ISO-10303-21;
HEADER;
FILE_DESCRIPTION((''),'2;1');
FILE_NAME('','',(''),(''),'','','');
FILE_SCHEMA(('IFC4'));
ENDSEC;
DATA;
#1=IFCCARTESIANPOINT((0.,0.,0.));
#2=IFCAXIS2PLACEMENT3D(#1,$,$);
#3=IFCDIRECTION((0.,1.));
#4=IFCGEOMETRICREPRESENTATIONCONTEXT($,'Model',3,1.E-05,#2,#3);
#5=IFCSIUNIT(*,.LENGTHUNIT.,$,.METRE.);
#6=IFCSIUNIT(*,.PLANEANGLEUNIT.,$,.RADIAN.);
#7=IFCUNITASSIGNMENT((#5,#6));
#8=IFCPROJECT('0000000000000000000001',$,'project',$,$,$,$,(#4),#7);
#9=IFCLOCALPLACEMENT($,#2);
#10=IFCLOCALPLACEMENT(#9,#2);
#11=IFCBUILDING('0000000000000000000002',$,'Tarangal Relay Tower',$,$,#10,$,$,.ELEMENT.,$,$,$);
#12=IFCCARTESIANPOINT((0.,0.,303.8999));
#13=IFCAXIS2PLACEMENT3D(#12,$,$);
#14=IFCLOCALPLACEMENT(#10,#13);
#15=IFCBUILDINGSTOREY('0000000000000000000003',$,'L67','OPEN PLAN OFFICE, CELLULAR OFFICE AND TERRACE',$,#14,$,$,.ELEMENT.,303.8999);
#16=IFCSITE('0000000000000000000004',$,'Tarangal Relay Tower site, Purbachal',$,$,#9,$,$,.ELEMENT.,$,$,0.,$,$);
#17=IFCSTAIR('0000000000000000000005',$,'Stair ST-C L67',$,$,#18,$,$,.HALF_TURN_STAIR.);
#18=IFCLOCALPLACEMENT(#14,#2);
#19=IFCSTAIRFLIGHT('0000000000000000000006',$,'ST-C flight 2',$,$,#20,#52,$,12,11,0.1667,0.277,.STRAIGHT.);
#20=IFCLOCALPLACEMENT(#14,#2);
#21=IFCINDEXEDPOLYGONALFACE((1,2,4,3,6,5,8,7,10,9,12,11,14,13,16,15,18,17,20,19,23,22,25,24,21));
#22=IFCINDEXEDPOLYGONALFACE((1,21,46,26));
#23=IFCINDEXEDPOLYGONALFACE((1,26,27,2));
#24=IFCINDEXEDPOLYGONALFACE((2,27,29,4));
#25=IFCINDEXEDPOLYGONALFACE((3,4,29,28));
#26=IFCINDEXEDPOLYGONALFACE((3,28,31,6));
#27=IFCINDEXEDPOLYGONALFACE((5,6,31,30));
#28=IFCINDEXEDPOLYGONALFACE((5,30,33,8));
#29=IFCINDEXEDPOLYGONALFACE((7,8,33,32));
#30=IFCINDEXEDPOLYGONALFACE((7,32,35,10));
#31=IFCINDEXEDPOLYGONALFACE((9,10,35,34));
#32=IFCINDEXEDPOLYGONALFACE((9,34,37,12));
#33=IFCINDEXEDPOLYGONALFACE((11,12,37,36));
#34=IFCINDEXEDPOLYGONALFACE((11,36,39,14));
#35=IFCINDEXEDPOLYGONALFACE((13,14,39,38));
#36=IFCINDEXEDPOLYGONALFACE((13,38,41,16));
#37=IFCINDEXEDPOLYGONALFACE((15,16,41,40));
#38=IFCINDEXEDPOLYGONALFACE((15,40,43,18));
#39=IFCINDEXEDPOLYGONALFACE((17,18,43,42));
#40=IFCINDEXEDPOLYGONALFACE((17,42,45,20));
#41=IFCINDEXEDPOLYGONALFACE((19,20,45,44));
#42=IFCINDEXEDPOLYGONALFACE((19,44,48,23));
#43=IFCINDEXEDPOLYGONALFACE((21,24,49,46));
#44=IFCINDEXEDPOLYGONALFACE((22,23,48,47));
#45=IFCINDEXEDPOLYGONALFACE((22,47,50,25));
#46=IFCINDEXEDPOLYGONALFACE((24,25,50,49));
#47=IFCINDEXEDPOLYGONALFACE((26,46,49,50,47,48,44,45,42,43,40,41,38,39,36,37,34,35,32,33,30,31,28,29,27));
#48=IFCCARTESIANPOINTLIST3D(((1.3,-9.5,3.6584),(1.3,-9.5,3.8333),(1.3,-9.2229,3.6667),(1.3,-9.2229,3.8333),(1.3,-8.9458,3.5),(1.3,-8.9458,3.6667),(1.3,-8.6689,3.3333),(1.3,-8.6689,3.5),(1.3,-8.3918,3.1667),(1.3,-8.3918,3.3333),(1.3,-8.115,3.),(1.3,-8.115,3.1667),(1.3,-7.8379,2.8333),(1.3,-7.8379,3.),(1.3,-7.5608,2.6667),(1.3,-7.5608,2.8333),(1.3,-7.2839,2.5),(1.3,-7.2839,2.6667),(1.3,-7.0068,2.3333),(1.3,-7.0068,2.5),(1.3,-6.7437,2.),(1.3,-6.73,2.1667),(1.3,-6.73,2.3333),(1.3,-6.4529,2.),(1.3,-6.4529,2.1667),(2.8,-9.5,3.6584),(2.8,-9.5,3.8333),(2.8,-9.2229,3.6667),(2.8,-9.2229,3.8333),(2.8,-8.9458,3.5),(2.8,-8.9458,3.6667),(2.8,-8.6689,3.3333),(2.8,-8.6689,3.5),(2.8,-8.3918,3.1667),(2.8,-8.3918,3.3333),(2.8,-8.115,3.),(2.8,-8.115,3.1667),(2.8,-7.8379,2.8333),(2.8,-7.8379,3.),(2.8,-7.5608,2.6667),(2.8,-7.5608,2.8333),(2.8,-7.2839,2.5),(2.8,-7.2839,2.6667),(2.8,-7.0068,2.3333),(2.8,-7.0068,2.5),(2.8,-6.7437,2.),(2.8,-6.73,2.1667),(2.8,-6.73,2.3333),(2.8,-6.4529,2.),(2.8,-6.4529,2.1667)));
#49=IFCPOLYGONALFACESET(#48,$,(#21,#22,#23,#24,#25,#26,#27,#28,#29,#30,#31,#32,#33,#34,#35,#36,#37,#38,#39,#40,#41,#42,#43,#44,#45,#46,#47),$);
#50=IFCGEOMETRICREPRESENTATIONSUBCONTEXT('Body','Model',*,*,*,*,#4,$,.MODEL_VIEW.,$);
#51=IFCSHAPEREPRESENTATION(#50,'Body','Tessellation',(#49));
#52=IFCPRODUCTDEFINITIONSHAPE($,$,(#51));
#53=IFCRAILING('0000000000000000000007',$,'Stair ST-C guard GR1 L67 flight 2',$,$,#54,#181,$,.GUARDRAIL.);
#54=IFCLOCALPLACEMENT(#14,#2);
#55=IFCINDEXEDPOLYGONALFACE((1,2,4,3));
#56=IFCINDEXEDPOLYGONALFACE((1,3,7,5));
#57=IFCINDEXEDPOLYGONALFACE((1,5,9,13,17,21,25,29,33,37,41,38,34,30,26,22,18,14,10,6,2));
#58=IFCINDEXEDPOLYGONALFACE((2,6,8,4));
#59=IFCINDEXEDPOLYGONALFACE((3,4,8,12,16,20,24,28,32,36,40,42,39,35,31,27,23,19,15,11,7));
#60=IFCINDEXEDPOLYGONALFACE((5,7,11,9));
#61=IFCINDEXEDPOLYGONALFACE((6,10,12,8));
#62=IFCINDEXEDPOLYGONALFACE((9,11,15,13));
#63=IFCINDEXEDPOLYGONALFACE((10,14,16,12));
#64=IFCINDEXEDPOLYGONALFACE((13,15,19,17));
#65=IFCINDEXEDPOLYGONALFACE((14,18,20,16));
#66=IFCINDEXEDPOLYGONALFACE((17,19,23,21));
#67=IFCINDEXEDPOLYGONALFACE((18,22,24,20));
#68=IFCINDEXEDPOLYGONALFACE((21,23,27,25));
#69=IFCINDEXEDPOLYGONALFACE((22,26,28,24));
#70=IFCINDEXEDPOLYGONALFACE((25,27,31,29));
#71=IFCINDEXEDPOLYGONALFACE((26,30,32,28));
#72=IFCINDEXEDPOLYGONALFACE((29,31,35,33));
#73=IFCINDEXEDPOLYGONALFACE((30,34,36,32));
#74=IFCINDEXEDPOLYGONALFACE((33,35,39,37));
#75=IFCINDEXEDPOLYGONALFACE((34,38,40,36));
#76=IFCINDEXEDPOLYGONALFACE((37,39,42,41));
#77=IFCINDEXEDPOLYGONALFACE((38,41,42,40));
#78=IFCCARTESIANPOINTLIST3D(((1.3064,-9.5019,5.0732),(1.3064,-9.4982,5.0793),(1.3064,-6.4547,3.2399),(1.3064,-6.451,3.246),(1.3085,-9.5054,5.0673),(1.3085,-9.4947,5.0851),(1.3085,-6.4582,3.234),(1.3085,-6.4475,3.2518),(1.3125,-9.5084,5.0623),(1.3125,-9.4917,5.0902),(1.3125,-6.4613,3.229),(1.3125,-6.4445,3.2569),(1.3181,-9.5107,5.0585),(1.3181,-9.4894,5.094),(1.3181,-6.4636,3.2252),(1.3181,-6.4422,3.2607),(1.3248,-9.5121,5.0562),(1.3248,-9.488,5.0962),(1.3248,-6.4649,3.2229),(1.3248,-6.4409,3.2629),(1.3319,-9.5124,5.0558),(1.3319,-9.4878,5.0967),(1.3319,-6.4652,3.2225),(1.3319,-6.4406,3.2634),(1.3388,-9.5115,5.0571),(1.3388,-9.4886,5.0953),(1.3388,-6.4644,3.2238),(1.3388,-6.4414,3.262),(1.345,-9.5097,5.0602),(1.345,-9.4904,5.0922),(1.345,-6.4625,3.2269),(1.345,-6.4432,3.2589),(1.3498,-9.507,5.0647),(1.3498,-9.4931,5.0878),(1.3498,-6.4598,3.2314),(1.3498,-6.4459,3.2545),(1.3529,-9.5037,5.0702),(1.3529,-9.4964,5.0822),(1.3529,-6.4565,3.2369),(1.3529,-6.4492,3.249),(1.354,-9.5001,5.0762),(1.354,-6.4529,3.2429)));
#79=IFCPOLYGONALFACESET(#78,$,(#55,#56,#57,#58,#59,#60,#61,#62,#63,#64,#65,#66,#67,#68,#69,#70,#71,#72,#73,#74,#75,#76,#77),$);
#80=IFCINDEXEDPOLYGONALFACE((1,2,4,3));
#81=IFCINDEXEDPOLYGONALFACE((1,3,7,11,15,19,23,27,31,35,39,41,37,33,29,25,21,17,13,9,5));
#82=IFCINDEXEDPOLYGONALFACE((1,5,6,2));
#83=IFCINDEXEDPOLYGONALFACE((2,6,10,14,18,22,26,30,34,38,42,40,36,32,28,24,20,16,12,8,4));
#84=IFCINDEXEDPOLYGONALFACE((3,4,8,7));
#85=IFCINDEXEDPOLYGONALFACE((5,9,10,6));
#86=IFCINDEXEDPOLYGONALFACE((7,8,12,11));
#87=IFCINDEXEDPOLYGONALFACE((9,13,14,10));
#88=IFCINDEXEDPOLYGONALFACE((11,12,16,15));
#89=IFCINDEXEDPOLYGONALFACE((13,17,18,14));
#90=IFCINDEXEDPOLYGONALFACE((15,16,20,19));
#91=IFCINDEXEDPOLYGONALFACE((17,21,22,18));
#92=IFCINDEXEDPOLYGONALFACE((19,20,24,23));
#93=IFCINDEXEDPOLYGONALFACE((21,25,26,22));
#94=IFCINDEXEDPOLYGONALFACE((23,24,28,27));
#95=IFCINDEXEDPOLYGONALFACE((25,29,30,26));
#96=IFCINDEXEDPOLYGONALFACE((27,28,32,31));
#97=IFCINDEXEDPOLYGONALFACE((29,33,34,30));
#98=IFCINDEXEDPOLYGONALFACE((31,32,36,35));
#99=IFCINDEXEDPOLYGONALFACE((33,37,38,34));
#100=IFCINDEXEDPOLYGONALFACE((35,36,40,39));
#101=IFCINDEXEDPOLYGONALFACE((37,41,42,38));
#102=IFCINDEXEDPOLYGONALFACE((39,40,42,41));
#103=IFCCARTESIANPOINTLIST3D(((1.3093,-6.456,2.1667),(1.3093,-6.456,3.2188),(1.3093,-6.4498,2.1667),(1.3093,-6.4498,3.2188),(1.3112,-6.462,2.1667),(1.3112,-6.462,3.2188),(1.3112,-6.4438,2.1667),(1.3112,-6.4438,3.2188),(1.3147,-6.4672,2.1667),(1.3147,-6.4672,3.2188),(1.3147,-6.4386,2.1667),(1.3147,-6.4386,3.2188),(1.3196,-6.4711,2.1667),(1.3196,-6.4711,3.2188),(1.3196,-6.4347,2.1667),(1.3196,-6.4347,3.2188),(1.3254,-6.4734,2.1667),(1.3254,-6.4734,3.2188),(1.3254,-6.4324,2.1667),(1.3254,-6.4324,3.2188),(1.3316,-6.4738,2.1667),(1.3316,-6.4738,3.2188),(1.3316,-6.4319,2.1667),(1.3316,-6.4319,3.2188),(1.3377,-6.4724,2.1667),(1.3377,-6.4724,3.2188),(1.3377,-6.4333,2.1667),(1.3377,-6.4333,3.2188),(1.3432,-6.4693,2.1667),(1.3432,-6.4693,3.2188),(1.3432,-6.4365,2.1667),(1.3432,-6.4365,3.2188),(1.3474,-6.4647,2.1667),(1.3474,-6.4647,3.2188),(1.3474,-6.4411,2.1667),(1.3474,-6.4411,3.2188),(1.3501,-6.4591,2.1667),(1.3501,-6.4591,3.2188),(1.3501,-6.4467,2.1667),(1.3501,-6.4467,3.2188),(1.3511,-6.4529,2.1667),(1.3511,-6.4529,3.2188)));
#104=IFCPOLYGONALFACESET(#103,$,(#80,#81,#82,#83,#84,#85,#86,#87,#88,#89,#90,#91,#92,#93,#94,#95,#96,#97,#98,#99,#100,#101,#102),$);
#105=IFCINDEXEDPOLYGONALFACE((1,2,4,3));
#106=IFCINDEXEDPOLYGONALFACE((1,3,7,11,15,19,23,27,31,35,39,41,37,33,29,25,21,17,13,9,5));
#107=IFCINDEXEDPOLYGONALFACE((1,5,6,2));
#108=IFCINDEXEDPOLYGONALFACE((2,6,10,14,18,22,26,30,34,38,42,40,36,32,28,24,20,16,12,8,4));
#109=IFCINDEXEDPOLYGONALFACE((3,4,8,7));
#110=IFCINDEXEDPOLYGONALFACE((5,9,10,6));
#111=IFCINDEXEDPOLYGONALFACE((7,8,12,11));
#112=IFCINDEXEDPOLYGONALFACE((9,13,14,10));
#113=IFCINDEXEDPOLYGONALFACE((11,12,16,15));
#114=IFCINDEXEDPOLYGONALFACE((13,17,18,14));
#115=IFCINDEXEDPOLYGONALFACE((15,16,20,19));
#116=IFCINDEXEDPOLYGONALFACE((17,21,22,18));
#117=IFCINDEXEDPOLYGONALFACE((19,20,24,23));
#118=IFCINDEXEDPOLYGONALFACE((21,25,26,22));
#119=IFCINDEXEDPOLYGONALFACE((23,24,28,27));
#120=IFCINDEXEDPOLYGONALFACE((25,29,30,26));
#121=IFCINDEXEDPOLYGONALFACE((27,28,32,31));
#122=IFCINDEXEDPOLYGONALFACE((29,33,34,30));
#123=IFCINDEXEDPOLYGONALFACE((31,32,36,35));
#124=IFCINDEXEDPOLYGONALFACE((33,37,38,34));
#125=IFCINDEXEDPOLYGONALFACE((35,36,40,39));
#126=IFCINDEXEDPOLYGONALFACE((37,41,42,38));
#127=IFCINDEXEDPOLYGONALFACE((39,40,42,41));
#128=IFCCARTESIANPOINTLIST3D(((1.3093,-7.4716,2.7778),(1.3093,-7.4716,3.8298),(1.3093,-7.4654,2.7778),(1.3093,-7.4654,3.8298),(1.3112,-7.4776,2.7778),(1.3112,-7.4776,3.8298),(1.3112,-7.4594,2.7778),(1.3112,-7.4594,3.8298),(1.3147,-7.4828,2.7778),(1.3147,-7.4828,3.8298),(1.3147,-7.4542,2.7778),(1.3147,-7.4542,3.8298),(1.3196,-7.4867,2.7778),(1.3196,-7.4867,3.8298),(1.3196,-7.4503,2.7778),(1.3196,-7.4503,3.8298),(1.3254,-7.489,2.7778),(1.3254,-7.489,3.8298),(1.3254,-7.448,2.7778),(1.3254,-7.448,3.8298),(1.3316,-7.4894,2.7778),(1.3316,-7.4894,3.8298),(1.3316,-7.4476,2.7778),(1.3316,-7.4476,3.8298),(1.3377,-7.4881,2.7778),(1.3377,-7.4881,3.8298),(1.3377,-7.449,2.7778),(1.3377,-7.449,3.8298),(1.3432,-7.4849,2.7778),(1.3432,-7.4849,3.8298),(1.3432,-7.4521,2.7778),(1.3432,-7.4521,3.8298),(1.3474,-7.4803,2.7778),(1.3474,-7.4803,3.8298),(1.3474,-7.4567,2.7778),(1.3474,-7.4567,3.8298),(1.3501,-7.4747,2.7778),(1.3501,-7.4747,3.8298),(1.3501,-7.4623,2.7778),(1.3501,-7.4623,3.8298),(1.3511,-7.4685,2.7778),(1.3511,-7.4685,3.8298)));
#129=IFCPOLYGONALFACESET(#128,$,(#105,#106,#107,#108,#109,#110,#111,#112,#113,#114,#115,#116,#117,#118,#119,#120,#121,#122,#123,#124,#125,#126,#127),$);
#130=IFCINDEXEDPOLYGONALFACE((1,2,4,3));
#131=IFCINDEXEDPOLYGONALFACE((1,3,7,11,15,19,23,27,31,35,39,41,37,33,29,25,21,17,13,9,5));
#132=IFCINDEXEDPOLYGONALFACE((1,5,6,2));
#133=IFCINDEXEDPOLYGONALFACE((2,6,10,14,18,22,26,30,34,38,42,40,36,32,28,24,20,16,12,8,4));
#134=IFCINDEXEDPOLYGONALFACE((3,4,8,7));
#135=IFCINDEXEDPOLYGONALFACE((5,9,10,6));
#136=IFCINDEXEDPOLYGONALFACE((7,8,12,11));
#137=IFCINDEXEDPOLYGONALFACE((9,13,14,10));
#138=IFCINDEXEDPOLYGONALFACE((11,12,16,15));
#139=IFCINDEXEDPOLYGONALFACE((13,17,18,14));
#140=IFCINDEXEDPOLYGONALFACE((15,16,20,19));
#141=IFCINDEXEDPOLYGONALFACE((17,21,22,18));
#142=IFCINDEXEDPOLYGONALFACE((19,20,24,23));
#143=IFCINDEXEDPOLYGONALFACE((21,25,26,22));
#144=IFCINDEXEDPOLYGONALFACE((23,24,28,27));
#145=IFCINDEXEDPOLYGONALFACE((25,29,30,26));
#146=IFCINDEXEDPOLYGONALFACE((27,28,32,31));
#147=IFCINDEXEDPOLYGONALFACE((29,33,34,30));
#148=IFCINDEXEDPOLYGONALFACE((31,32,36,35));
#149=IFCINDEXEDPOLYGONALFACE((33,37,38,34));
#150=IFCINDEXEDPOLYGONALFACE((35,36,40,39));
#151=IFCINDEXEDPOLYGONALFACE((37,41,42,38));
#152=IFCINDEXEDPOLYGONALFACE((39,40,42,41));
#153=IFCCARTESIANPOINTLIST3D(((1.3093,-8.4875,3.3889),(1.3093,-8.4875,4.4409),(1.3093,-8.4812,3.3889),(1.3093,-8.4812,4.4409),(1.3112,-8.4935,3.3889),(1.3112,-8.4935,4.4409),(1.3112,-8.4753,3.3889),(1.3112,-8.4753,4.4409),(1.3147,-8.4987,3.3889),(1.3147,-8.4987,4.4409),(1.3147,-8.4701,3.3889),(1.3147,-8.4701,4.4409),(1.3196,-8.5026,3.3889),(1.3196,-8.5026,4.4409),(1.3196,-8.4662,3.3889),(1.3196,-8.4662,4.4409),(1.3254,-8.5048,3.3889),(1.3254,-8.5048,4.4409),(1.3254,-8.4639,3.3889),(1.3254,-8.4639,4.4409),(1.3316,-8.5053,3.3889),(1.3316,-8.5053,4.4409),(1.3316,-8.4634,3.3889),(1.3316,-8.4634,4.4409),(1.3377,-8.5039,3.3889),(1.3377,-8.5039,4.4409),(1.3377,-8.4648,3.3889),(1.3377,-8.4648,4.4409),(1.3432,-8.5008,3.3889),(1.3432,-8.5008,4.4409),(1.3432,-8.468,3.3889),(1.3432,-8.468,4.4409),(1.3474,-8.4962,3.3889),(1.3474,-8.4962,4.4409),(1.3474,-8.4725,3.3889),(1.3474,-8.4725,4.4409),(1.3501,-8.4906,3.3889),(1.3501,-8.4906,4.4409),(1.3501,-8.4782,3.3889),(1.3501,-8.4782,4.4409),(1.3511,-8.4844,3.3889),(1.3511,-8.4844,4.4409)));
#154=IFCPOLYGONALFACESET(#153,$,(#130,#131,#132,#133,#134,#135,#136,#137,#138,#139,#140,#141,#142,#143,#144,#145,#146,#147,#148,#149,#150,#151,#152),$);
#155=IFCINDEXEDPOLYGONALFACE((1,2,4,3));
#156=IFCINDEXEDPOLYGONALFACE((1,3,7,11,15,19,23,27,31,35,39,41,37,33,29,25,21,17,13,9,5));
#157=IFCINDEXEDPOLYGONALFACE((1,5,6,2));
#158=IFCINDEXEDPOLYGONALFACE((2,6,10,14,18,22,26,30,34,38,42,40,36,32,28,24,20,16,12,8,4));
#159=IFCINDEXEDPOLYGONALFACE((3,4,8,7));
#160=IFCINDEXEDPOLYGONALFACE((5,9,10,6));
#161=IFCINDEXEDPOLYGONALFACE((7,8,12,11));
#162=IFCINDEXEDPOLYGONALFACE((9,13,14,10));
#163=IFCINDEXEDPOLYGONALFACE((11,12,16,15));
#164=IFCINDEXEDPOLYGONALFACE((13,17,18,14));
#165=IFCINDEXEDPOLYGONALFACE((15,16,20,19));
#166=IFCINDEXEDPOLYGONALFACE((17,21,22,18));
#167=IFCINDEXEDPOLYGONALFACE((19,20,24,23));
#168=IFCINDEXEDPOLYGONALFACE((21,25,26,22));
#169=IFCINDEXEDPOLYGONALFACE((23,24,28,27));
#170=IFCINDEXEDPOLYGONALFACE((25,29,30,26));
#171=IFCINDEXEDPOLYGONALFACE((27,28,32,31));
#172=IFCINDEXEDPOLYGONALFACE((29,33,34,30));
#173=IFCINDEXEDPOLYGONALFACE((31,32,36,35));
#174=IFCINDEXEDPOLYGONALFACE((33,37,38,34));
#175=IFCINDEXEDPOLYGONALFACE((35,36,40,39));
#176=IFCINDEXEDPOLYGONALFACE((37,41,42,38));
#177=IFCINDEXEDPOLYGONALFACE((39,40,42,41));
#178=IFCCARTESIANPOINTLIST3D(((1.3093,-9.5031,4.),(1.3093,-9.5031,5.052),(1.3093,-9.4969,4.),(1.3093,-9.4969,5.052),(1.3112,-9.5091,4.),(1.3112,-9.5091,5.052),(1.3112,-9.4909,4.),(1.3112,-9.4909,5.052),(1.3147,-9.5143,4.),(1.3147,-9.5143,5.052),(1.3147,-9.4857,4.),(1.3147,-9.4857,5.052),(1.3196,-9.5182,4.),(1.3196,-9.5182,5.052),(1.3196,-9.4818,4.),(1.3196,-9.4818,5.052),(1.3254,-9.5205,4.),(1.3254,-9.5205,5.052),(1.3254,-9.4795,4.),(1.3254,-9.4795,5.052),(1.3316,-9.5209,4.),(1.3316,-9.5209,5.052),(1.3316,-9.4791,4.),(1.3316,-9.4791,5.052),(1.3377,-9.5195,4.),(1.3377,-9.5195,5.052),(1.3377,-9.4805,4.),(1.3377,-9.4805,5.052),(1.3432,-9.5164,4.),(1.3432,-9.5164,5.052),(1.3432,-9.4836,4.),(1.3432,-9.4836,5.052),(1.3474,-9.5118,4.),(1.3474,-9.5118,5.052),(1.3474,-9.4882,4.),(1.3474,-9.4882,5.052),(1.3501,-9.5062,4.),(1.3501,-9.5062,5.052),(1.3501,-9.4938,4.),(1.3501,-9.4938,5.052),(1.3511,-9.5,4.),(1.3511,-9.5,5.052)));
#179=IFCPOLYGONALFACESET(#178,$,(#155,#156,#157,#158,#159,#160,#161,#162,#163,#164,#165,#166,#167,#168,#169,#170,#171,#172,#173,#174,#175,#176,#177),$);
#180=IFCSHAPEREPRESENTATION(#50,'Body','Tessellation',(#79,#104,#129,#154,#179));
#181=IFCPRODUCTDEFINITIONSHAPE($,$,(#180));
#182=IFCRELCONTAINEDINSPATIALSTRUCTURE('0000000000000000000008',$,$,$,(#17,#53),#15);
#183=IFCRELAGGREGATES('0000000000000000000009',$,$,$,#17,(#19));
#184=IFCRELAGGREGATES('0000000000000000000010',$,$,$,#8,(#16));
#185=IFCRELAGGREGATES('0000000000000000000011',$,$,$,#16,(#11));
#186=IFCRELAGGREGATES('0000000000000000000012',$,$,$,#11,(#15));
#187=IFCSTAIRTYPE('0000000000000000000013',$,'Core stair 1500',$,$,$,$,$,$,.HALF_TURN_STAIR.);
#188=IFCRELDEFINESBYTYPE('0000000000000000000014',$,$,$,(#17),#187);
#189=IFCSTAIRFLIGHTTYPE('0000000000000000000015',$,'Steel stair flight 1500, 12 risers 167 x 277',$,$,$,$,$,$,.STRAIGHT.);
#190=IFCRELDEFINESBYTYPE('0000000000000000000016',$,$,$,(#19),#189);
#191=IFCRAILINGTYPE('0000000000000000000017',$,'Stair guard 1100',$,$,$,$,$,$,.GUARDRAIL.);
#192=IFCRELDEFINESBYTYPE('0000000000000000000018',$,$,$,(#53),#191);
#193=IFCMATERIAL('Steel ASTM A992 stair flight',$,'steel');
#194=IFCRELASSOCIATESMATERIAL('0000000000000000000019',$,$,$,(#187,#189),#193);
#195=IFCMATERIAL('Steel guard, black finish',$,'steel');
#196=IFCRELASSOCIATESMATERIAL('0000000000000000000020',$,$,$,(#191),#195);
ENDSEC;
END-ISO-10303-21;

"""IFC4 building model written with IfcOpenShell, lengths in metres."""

from ifc_helpers import new_model, si_unit, direction, frame, origin, origin_2d, place, context, subcontext, project, spatial, polyline, circle, outline, extrude, material, type_object, element, aggregate, save


model = new_model("IFC4")

# Units and contexts
model_context = context("Model", 3, precision=1e-05, world=origin(), true_north=direction((0.0, 1.0)))
body_context = subcontext(model_context, "Body", "Model", "MODEL_VIEW")
ifc_project = project(units=[si_unit("LENGTHUNIT", "METRE"), si_unit("PLANEANGLEUNIT", "RADIAN")], contexts=[model_context])

# Site, building, storey
site_placement = place(None, origin())
site = spatial("IfcSite", under=ifc_project, at=site_placement, Name="Tarangal Relay Tower site, Purbachal", CompositionType="ELEMENT", RefElevation=0.0)
building_placement = place(site_placement, origin())
building = spatial("IfcBuilding", under=site, at=building_placement, Name="Tarangal Relay Tower", CompositionType="ELEMENT")
storey_placement = place(building_placement, frame((0.0, 0.0, 303.8999)))
storey = spatial("IfcBuildingStorey", under=building, at=storey_placement, Name="L67", Description="OPEN PLAN OFFICE, CELLULAR OFFICE AND TERRACE", CompositionType="ELEMENT", Elevation=303.8999)

# Stair, stair flight
ifc_material_1 = material(Name="Steel ASTM A992 stair flight", Category="steel")
stair_type = type_object("IfcStairType", Name="Core stair 1500", PredefinedType="HALF_TURN_STAIR", material=ifc_material_1)
stair_placement = place(storey_placement, origin())
stair = element("IfcStair", 1, at=stair_placement, inside=storey, type_object=stair_type, Name="Stair ST-C L67", PredefinedType="HALF_TURN_STAIR")
stair_flight_type = type_object("IfcStairFlightType", Name="Steel stair flight 1500, 12 risers 167 x 277", PredefinedType="STRAIGHT", material=ifc_material_1)
stair_flight_placement = place(storey_placement, frame((2.05, -6.4529, 2.0), z_axis=(0.0, 0.0, 1.0), x_axis=(0.0, -1.0, 0.0)))
stair_flight = element("IfcStairFlight", 2, at=stair_flight_placement, type_object=stair_flight_type, Name="ST-C flight 2", NumberOfRisers=12, NumberOfTreads=11, PredefinedType="STRAIGHT", RiserHeight=0.1667, TreadLength=0.277, context=body_context, shape_type="SweptSolid", body=[
    extrude(outline(polyline([(0.0, 0.0), (0.0, 0.1667), (0.2771, 0.1667), (0.2771, 0.3333), (0.554, 0.3333), (0.554, 0.5), (0.8311, 0.5), (0.8311, 0.6667), (1.1079, 0.6667), (1.1079, 0.8333), (1.385, 0.8333), (1.385, 1.0), (1.6621, 1.0), (1.6621, 1.1667), (1.939, 1.1667), (1.939, 1.3333), (2.2161, 1.3333), (2.2161, 1.5), (2.4929, 1.5), (2.4929, 1.6667), (2.77, 1.6667), (2.77, 1.8333), (3.0471, 1.8333), (3.0471, 2.0), (3.0471, 1.6584), (0.2908, 0.0), (0.0, 0.0)])), frame((0.0, 0.75, 0.0), z_axis=(0.0, -1.0, 0.0), x_axis=(1.0, 0.0, 0.0)), (0.0, 0.0, 1.0), 1.5),
])
aggregate(stair, [stair_flight])

# Railing
ifc_material_2 = material(Name="Steel guard, black finish", Category="steel")
railing_type_1 = type_object("IfcRailingType", Name="Stair guard 1100", PredefinedType="GUARDRAIL", material=ifc_material_2)
railing_1_placement = place(storey_placement, frame((1.3301, -6.4529, 2.1667)))
element("IfcRailing", 3, at=railing_1_placement, inside=storey, type_object=railing_type_1, Name="Stair ST-C guard GR1 L67 flight 2", PredefinedType="GUARDRAIL", context=body_context, shape_type="SweptSolid", body=[
    extrude(circle(Radius=0.0239, at=origin_2d()), frame((0.0, 0.0, 1.0762), z_axis=(0.0, -0.856874, 0.515525), x_axis=(1.0, 0.0, 0.0)), (0.0, 0.0, 1.0), 3.5562),
    extrude(circle(Radius=0.021, at=origin_2d()), origin(), (0.0, 0.0, 1.0), 1.052),
    extrude(circle(Radius=0.021, at=origin_2d()), frame((0.0, -1.0156, 0.6111)), (0.0, 0.0, 1.0), 1.052),
    extrude(circle(Radius=0.021, at=origin_2d()), frame((0.0, -2.0315, 1.2222)), (0.0, 0.0, 1.0), 1.052),
    extrude(circle(Radius=0.021, at=origin_2d()), frame((0.0, -3.0471, 1.8333)), (0.0, 0.0, 1.0), 1.052),
])

save(model, "model.ifc")
